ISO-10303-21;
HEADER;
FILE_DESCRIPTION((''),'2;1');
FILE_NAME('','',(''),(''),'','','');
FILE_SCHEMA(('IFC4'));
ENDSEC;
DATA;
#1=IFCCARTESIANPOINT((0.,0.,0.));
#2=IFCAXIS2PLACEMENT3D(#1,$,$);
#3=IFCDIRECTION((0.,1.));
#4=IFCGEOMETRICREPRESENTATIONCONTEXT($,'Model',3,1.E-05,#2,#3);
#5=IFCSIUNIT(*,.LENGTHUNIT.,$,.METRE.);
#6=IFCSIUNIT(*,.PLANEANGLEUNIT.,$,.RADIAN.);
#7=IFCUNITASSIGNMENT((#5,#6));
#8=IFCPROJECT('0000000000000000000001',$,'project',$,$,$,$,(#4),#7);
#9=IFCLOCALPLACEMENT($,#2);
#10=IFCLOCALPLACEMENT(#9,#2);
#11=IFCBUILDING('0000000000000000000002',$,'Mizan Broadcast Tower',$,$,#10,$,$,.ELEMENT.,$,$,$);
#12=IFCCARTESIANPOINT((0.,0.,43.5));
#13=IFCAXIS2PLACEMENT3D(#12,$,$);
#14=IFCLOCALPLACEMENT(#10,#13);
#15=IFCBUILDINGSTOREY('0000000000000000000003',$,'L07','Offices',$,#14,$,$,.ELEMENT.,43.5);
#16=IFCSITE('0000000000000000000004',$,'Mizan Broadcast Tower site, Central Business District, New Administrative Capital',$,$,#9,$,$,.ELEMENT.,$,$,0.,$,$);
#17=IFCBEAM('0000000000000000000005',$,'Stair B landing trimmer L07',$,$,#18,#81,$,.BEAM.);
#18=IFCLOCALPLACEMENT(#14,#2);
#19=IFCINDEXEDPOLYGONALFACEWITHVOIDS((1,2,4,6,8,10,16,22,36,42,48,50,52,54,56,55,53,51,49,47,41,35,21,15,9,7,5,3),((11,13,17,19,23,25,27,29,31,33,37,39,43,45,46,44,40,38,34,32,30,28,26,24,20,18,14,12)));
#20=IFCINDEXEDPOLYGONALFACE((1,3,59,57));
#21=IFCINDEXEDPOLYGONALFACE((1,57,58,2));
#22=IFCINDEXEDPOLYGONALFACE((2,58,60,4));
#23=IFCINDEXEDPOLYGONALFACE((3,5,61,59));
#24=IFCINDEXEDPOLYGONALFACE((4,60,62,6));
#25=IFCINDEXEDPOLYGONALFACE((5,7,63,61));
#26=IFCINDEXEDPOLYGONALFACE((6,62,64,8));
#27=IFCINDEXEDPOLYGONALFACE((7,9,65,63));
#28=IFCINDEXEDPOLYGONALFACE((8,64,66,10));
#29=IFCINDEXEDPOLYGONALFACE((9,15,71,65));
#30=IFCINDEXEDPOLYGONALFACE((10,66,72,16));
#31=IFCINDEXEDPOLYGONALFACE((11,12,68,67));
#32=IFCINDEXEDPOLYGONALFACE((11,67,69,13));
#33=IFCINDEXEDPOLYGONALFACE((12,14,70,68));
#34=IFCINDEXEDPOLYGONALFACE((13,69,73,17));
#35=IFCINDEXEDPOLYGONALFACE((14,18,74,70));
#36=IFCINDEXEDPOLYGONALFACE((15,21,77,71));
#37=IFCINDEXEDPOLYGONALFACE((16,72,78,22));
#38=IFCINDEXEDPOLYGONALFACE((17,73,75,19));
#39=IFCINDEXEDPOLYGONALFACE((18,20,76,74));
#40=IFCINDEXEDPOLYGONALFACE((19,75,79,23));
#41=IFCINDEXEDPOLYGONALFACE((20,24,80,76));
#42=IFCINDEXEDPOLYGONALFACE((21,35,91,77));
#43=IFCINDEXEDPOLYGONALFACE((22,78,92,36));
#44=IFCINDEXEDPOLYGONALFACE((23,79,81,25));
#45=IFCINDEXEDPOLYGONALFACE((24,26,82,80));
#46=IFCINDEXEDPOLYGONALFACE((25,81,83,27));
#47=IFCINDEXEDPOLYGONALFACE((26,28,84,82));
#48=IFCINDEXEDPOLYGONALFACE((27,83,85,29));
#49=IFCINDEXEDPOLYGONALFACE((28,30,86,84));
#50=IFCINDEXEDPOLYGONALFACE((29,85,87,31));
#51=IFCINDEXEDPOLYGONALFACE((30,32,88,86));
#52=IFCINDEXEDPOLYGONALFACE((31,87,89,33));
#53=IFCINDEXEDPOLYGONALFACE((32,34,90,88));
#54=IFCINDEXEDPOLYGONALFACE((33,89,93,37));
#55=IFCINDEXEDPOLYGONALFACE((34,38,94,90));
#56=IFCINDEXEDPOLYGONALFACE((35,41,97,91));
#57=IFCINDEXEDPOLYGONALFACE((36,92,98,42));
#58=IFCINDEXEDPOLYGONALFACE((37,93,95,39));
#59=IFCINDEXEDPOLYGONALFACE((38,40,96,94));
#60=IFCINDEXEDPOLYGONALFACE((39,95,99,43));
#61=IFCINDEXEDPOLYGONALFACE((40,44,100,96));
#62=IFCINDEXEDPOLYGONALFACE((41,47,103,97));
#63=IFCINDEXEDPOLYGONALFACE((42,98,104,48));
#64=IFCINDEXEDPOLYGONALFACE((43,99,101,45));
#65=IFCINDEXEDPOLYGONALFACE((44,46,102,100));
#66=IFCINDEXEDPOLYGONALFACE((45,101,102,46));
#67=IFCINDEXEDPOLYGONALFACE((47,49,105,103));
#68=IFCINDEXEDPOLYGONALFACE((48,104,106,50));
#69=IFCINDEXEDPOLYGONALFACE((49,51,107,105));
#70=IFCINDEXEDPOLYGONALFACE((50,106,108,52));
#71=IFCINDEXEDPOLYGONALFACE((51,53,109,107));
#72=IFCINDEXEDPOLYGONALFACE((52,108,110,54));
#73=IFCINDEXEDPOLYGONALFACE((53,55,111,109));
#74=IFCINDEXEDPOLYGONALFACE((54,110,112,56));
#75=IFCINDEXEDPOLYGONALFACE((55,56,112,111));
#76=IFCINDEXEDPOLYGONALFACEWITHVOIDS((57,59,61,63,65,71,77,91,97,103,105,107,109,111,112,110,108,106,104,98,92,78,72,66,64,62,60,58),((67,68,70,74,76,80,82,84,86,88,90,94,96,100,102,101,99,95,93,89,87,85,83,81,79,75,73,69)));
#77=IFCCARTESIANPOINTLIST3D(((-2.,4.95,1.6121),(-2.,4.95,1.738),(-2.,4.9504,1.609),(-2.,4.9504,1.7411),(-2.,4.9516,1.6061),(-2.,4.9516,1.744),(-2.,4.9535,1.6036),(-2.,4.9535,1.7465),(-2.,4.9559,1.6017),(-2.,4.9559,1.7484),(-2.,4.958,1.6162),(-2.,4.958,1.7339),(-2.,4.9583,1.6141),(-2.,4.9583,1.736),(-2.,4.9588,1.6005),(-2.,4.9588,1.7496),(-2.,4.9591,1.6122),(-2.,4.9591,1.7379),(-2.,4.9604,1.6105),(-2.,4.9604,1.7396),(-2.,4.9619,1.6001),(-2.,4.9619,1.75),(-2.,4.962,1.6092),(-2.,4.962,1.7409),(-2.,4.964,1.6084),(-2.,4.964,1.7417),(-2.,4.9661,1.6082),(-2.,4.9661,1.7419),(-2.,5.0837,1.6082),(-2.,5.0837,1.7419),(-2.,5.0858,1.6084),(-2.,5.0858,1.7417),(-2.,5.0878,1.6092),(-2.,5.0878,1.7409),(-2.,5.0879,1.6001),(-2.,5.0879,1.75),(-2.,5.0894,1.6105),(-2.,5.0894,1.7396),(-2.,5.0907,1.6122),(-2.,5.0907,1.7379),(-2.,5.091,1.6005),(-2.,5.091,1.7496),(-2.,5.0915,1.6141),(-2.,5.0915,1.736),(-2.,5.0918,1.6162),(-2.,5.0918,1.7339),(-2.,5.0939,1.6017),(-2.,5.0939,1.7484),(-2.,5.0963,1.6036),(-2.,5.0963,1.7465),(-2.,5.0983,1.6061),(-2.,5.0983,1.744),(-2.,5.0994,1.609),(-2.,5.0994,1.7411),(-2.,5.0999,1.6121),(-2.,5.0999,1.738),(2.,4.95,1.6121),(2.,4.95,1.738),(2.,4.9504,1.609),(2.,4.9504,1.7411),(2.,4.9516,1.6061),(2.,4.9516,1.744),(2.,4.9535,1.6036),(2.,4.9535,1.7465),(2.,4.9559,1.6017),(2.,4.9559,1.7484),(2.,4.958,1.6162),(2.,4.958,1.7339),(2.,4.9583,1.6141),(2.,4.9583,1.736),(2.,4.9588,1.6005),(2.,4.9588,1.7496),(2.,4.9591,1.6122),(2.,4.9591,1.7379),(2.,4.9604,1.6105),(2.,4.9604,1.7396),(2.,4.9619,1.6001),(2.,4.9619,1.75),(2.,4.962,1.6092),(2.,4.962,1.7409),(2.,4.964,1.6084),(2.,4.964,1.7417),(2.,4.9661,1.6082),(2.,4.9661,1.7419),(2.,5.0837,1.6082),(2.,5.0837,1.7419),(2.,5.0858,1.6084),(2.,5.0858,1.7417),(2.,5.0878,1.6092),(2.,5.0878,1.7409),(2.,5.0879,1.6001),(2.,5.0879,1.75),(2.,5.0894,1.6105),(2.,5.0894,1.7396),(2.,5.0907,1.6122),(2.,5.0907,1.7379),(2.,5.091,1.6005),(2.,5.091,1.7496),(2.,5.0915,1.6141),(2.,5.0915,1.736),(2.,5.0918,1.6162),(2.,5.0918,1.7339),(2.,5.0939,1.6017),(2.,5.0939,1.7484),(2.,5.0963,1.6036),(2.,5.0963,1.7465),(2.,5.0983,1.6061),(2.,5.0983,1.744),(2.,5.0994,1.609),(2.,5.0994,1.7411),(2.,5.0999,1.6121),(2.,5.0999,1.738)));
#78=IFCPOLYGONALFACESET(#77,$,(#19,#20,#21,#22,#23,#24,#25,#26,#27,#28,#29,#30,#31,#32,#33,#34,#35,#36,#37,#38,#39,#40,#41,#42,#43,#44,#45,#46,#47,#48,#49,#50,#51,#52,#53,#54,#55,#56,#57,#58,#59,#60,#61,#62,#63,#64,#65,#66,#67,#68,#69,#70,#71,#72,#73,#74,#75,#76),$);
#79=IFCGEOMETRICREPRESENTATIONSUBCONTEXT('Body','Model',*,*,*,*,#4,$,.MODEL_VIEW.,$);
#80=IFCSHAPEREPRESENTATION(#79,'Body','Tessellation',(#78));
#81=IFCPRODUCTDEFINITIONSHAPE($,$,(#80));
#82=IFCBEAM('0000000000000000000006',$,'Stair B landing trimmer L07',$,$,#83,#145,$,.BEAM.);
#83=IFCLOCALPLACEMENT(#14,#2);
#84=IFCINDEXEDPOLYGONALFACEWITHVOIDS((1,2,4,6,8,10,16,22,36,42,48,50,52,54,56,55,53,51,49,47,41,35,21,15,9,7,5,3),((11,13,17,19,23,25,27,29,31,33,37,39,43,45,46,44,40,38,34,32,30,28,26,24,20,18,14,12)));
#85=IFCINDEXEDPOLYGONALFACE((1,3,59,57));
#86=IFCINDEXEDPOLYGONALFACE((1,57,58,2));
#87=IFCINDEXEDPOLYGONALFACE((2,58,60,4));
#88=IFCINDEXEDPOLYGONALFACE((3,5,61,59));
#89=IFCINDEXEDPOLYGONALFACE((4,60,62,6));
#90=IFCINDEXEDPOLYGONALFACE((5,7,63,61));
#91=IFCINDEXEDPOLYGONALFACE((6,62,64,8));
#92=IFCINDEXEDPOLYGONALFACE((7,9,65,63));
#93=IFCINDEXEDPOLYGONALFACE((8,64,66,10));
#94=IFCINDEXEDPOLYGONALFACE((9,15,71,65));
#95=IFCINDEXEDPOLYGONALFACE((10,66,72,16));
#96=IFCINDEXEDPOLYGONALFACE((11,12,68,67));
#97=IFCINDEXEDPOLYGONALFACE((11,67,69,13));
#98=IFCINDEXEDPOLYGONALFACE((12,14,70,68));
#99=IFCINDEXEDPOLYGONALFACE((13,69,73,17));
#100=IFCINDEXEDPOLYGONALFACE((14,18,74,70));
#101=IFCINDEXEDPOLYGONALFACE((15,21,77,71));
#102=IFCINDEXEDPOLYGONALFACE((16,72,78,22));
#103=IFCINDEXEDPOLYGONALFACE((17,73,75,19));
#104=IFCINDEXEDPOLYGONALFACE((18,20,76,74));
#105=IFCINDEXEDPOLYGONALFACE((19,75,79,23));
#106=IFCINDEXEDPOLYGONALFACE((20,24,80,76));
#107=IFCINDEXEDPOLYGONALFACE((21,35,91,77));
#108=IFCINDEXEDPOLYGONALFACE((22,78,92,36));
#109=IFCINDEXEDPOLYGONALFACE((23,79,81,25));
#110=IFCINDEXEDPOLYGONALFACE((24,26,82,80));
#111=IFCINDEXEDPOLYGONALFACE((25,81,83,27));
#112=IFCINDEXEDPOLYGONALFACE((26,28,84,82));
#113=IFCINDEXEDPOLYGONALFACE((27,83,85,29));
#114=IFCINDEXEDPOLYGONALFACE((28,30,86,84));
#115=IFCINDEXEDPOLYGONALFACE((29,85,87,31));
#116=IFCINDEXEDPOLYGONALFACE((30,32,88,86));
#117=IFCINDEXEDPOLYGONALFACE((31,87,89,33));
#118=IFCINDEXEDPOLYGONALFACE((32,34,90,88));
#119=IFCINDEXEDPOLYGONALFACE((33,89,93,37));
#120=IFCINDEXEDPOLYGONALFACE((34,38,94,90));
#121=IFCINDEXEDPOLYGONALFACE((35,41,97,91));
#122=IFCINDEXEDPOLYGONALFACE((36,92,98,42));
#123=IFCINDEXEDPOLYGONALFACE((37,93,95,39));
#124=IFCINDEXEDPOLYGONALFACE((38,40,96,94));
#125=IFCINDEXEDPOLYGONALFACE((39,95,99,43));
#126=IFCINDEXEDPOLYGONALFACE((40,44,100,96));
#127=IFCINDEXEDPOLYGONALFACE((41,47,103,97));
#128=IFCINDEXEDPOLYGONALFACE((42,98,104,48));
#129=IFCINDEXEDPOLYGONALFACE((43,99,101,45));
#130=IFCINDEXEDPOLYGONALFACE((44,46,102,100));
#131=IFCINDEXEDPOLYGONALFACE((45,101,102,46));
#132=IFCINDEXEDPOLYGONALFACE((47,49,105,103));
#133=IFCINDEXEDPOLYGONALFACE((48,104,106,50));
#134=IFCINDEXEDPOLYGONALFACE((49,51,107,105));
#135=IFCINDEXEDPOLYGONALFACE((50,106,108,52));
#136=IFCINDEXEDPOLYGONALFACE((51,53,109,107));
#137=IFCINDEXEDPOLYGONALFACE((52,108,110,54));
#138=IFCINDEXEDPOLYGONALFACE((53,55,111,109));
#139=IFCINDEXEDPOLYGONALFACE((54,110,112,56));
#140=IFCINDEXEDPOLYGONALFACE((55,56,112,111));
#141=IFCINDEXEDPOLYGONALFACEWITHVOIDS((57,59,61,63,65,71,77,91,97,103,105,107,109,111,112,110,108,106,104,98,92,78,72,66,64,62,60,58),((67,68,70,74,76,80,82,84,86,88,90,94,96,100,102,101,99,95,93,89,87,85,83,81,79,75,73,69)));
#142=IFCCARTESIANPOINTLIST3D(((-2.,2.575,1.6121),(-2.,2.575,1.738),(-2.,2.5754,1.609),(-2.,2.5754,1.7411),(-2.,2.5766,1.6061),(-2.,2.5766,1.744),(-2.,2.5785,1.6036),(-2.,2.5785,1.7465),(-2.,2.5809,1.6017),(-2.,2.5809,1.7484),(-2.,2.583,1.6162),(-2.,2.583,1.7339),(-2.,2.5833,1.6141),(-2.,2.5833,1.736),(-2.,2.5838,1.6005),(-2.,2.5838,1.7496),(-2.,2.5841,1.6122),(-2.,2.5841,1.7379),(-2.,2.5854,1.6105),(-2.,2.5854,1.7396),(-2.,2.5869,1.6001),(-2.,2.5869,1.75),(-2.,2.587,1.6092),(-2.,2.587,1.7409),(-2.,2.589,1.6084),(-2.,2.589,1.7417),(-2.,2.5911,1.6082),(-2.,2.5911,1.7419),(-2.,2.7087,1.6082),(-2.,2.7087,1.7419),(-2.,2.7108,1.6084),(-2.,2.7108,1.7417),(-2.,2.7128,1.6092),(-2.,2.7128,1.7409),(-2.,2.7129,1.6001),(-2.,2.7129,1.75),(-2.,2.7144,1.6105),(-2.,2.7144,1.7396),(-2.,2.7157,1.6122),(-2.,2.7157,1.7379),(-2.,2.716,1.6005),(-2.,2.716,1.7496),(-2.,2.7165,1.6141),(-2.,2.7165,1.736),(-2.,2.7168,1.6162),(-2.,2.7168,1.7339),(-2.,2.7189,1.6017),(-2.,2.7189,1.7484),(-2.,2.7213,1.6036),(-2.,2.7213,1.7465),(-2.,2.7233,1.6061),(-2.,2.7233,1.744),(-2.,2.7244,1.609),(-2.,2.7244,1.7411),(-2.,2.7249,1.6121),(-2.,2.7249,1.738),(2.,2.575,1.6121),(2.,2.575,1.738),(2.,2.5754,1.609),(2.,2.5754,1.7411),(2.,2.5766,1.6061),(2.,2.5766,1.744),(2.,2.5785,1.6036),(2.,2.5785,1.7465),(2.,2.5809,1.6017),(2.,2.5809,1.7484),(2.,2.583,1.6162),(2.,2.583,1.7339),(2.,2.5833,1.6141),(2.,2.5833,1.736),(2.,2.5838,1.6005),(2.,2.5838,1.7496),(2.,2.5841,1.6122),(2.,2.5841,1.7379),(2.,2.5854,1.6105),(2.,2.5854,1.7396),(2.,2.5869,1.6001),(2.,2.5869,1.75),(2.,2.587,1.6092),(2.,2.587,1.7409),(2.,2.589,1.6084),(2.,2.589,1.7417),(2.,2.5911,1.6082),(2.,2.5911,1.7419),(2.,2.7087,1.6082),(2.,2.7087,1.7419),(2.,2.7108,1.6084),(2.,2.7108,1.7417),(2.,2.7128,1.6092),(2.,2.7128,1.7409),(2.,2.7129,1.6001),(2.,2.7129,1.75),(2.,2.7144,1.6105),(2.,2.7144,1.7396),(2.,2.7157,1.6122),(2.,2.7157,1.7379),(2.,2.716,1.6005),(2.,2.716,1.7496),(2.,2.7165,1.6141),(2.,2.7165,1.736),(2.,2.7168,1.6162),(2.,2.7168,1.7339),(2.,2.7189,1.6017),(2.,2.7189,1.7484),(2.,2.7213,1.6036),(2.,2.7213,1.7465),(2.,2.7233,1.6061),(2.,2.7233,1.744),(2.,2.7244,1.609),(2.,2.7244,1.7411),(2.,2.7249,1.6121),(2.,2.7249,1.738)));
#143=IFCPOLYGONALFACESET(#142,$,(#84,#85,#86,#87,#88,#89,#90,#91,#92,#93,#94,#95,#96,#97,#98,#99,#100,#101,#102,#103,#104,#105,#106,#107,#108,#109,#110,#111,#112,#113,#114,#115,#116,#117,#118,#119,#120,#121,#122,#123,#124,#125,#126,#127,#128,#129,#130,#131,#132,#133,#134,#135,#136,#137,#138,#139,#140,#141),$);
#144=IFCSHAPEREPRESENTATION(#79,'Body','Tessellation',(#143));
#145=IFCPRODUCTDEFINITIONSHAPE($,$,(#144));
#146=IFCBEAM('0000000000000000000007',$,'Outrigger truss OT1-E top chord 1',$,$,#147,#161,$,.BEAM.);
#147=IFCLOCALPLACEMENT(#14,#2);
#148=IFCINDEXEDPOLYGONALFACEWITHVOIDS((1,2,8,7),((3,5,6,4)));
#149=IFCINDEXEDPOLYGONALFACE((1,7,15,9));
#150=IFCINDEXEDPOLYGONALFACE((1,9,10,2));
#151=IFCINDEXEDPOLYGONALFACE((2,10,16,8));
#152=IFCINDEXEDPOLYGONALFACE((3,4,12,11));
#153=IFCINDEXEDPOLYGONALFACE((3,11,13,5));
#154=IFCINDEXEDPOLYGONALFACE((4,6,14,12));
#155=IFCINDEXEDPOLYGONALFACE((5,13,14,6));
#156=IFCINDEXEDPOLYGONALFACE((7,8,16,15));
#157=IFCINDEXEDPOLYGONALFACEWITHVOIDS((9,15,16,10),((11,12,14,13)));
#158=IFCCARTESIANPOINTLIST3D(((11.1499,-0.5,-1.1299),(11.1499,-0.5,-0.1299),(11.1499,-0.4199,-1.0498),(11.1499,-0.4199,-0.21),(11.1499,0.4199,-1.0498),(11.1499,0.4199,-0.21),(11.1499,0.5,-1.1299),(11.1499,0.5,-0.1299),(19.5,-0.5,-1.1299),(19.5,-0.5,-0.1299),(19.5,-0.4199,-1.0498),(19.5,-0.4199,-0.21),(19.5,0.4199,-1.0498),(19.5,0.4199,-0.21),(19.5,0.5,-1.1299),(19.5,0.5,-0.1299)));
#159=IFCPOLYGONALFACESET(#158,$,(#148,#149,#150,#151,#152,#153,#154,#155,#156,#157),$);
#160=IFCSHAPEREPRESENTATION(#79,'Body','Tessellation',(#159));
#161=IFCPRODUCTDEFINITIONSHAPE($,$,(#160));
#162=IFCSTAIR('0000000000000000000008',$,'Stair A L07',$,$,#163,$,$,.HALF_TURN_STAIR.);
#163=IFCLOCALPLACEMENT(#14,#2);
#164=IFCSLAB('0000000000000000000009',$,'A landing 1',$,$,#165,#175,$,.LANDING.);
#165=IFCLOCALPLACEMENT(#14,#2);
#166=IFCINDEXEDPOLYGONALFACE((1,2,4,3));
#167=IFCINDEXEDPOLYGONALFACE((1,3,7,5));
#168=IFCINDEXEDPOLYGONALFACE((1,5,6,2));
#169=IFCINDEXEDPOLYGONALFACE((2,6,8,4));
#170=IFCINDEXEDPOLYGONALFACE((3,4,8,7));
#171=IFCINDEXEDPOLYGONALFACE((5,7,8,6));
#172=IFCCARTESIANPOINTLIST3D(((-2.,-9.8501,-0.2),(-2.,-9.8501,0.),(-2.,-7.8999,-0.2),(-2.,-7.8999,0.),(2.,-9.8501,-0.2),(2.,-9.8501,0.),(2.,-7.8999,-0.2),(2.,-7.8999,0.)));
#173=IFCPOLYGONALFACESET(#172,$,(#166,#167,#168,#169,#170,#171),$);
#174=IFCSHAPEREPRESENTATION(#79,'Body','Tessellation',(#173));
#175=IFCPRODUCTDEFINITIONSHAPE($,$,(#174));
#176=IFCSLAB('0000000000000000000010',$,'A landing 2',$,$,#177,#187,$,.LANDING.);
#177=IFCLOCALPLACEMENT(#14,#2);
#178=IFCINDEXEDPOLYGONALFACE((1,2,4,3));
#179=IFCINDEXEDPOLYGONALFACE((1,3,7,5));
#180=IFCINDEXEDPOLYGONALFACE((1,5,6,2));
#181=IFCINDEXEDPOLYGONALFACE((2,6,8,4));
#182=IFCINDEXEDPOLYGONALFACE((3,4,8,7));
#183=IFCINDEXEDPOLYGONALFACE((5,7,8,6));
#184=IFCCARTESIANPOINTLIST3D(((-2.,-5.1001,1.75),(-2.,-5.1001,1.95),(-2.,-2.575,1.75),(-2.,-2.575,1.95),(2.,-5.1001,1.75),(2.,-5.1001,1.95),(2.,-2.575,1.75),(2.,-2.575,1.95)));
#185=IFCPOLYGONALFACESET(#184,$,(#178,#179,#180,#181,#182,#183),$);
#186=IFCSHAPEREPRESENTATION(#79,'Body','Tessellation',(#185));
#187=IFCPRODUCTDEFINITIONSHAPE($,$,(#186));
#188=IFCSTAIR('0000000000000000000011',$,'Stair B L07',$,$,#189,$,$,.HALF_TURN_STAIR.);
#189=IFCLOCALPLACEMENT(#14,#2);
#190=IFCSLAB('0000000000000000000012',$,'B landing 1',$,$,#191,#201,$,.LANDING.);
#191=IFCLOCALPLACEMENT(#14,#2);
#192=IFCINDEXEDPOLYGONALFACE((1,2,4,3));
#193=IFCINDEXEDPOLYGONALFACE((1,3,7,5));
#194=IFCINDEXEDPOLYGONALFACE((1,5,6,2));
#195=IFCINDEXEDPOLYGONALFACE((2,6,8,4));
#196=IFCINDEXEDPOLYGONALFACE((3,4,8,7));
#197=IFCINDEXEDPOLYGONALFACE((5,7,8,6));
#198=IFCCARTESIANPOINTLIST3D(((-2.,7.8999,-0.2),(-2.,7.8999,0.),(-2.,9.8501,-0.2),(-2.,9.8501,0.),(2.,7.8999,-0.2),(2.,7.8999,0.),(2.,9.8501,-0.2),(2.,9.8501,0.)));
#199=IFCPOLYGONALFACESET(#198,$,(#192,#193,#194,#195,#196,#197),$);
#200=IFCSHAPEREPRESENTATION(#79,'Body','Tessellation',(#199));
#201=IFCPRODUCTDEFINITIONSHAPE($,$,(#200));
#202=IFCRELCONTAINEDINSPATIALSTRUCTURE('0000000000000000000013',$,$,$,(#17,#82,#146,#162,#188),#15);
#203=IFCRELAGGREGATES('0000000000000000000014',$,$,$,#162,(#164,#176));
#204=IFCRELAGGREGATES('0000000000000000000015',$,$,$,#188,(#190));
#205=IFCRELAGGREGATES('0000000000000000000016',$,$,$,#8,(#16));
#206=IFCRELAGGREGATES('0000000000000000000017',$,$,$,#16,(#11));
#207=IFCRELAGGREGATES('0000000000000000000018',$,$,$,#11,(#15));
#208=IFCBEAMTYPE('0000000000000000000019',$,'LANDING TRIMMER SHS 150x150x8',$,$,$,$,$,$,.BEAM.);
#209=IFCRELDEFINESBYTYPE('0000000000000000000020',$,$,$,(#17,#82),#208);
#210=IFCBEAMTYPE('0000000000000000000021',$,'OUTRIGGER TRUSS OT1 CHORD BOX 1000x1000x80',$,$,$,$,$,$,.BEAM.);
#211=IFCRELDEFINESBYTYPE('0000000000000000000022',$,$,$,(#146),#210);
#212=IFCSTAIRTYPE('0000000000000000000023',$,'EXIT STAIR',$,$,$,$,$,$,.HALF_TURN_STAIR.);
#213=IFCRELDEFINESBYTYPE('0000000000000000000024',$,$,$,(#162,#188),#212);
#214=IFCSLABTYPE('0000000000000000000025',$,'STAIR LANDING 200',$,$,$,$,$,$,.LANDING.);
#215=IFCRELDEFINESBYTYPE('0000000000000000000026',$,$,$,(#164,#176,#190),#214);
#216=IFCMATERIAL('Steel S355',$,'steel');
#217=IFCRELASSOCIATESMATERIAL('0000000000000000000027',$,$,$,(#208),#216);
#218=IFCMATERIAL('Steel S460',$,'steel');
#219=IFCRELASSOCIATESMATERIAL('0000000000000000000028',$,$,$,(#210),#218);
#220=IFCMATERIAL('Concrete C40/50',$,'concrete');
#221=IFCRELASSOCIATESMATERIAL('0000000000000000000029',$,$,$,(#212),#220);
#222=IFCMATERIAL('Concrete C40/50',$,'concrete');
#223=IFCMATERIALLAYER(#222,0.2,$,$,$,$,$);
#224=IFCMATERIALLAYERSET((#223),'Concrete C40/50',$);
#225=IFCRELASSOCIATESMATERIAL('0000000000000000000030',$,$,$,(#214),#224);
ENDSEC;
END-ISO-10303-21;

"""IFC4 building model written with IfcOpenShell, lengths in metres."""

from ifc_helpers import new_model, si_unit, direction, frame, origin, origin_2d, place, context, subcontext, project, spatial, polyline, hollow_rectangle, outline, extrude, material, layer, layer_set, material_profile, profile_set, type_object, element, aggregate, save


model = new_model("IFC4")

# Units and contexts
model_context = context("Model", 3, precision=1e-05, world=origin(), true_north=direction((0.0, 1.0)))
body_context = subcontext(model_context, "Body", "Model", "MODEL_VIEW")
ifc_project = project(units=[si_unit("LENGTHUNIT", "METRE"), si_unit("PLANEANGLEUNIT", "RADIAN")], contexts=[model_context])

# Site, building, storey
site_placement = place(None, origin())
site = spatial("IfcSite", under=ifc_project, at=site_placement, Name="Mizan Broadcast Tower site, Central Business District, New Administrative Capital", CompositionType="ELEMENT", RefElevation=0.0)
building_placement = place(site_placement, origin())
building = spatial("IfcBuilding", under=site, at=building_placement, Name="Mizan Broadcast Tower", CompositionType="ELEMENT")
storey_placement = place(building_placement, frame((0.0, 0.0, 43.5)))
storey = spatial("IfcBuildingStorey", under=building, at=storey_placement, Name="L07", Description="Offices", CompositionType="ELEMENT", Elevation=43.5)

# Beams
ifc_material_1 = material(Name="Steel S355", Category="steel")
ifc_material_profile_1 = material_profile(ifc_material_1, hollow_rectangle(XDim=0.1499, YDim=0.1499, WallThickness=0.0081, InnerFilletRadius=0.0081, OuterFilletRadius=0.012, at=origin_2d()), Name="SHS 150x150x8")
ifc_profile_set_1 = profile_set([ifc_material_profile_1], Name="Steel S355")
beam_type_1 = type_object("IfcBeamType", Name="LANDING TRIMMER SHS 150x150x8", PredefinedType="BEAM", material=ifc_profile_set_1)
for number, where, z_axis, x_axis, name in (
    (1, (2.0, 5.0249, 1.675), (-1.0, 0.0, 0.0), (0.0, -1.0, 0.0), "Stair B landing trimmer L07"),
    (2, (2.0, 2.6499, 1.675), (-1.0, 0.0, 0.0), (0.0, -1.0, 0.0), "Stair B landing trimmer L07"),
):
    element("IfcBeam", number, at=place(storey_placement, frame(where, z_axis=z_axis, x_axis=x_axis)), inside=storey, type_object=beam_type_1, Name=name, PredefinedType="BEAM", context=body_context, shape_type="SweptSolid", body=[
        extrude(hollow_rectangle(XDim=0.1499, YDim=0.1499, WallThickness=0.0081, InnerFilletRadius=0.0081, OuterFilletRadius=0.012, at=origin_2d()), origin(), (0.0, 0.0, 1.0), 4.0),
    ])
ifc_material_2 = material(Name="Steel S460", Category="steel")
ifc_material_profile_2 = material_profile(ifc_material_2, hollow_rectangle(XDim=1.0, YDim=1.0, WallThickness=0.0801, at=origin_2d()), Name="BOX 1000x1000x80")
ifc_profile_set_2 = profile_set([ifc_material_profile_2], Name="Steel S460")
beam_type_2 = type_object("IfcBeamType", Name="OUTRIGGER TRUSS OT1 CHORD BOX 1000x1000x80", PredefinedType="BEAM", material=ifc_profile_set_2)
beam_placement = place(storey_placement, frame((11.1499, 0.0, -0.6299), z_axis=(1.0, 0.0, 0.0), x_axis=(0.0, 1.0, 0.0)))
element("IfcBeam", 3, at=beam_placement, inside=storey, type_object=beam_type_2, Name="Outrigger truss OT1-E top chord 1", PredefinedType="BEAM", context=body_context, shape_type="SweptSolid", body=[
    extrude(hollow_rectangle(XDim=1.0, YDim=1.0, WallThickness=0.0801, at=origin_2d()), origin(), (0.0, 0.0, 1.0), 8.3501),
])

# Stairs, slabs
ifc_material_3 = material(Name="Concrete C40/50", Category="concrete")
stair_type = type_object("IfcStairType", Name="EXIT STAIR", PredefinedType="HALF_TURN_STAIR", material=ifc_material_3)
stair_1_placement = place(storey_placement, origin())
stair_1 = element("IfcStair", 4, at=stair_1_placement, inside=storey, type_object=stair_type, Name="Stair A L07", PredefinedType="HALF_TURN_STAIR")
ifc_material_4 = material(Name="Concrete C40/50", Category="concrete")
ifc_layer_1 = layer(ifc_material_4, 0.2)
ifc_layer_set_1 = layer_set([ifc_layer_1], Name="Concrete C40/50")
slab_type = type_object("IfcSlabType", Name="STAIR LANDING 200", PredefinedType="LANDING", material=ifc_layer_set_1)
slab_1_placement = place(storey_placement, frame((0.0, 0.0, -0.2)))
slab_1 = element("IfcSlab", 5, at=slab_1_placement, type_object=slab_type, Name="A landing 1", PredefinedType="LANDING", context=body_context, shape_type="SweptSolid", body=[
    extrude(outline(polyline([(-2.0, -9.8501), (-2.0, -7.8999), (2.0, -7.8999), (2.0, -9.8501), (-2.0, -9.8501)])), origin(), (0.0, 0.0, 1.0), 0.2),
])
slab_2_placement = place(storey_placement, frame((0.0, 0.0, 1.75)))
slab_2 = element("IfcSlab", 6, at=slab_2_placement, type_object=slab_type, Name="A landing 2", PredefinedType="LANDING", context=body_context, shape_type="SweptSolid", body=[
    extrude(outline(polyline([(-2.0, -5.1001), (-2.0, -2.575), (2.0, -2.575), (2.0, -5.1001), (-2.0, -5.1001)])), origin(), (0.0, 0.0, 1.0), 0.2),
])
aggregate(stair_1, [slab_1, slab_2])
stair_2_placement = place(storey_placement, origin())
stair_2 = element("IfcStair", 7, at=stair_2_placement, inside=storey, type_object=stair_type, Name="Stair B L07", PredefinedType="HALF_TURN_STAIR")
slab_3_placement = place(storey_placement, frame((0.0, 0.0, -0.2)))
slab_3 = element("IfcSlab", 8, at=slab_3_placement, type_object=slab_type, Name="B landing 1", PredefinedType="LANDING", context=body_context, shape_type="SweptSolid", body=[
    extrude(outline(polyline([(2.0, 9.8501), (2.0, 7.8999), (-2.0, 7.8999), (-2.0, 9.8501), (2.0, 9.8501)])), origin(), (0.0, 0.0, 1.0), 0.2),
])

aggregate(stair_2, [slab_3])

save(model, "model.ifc")
